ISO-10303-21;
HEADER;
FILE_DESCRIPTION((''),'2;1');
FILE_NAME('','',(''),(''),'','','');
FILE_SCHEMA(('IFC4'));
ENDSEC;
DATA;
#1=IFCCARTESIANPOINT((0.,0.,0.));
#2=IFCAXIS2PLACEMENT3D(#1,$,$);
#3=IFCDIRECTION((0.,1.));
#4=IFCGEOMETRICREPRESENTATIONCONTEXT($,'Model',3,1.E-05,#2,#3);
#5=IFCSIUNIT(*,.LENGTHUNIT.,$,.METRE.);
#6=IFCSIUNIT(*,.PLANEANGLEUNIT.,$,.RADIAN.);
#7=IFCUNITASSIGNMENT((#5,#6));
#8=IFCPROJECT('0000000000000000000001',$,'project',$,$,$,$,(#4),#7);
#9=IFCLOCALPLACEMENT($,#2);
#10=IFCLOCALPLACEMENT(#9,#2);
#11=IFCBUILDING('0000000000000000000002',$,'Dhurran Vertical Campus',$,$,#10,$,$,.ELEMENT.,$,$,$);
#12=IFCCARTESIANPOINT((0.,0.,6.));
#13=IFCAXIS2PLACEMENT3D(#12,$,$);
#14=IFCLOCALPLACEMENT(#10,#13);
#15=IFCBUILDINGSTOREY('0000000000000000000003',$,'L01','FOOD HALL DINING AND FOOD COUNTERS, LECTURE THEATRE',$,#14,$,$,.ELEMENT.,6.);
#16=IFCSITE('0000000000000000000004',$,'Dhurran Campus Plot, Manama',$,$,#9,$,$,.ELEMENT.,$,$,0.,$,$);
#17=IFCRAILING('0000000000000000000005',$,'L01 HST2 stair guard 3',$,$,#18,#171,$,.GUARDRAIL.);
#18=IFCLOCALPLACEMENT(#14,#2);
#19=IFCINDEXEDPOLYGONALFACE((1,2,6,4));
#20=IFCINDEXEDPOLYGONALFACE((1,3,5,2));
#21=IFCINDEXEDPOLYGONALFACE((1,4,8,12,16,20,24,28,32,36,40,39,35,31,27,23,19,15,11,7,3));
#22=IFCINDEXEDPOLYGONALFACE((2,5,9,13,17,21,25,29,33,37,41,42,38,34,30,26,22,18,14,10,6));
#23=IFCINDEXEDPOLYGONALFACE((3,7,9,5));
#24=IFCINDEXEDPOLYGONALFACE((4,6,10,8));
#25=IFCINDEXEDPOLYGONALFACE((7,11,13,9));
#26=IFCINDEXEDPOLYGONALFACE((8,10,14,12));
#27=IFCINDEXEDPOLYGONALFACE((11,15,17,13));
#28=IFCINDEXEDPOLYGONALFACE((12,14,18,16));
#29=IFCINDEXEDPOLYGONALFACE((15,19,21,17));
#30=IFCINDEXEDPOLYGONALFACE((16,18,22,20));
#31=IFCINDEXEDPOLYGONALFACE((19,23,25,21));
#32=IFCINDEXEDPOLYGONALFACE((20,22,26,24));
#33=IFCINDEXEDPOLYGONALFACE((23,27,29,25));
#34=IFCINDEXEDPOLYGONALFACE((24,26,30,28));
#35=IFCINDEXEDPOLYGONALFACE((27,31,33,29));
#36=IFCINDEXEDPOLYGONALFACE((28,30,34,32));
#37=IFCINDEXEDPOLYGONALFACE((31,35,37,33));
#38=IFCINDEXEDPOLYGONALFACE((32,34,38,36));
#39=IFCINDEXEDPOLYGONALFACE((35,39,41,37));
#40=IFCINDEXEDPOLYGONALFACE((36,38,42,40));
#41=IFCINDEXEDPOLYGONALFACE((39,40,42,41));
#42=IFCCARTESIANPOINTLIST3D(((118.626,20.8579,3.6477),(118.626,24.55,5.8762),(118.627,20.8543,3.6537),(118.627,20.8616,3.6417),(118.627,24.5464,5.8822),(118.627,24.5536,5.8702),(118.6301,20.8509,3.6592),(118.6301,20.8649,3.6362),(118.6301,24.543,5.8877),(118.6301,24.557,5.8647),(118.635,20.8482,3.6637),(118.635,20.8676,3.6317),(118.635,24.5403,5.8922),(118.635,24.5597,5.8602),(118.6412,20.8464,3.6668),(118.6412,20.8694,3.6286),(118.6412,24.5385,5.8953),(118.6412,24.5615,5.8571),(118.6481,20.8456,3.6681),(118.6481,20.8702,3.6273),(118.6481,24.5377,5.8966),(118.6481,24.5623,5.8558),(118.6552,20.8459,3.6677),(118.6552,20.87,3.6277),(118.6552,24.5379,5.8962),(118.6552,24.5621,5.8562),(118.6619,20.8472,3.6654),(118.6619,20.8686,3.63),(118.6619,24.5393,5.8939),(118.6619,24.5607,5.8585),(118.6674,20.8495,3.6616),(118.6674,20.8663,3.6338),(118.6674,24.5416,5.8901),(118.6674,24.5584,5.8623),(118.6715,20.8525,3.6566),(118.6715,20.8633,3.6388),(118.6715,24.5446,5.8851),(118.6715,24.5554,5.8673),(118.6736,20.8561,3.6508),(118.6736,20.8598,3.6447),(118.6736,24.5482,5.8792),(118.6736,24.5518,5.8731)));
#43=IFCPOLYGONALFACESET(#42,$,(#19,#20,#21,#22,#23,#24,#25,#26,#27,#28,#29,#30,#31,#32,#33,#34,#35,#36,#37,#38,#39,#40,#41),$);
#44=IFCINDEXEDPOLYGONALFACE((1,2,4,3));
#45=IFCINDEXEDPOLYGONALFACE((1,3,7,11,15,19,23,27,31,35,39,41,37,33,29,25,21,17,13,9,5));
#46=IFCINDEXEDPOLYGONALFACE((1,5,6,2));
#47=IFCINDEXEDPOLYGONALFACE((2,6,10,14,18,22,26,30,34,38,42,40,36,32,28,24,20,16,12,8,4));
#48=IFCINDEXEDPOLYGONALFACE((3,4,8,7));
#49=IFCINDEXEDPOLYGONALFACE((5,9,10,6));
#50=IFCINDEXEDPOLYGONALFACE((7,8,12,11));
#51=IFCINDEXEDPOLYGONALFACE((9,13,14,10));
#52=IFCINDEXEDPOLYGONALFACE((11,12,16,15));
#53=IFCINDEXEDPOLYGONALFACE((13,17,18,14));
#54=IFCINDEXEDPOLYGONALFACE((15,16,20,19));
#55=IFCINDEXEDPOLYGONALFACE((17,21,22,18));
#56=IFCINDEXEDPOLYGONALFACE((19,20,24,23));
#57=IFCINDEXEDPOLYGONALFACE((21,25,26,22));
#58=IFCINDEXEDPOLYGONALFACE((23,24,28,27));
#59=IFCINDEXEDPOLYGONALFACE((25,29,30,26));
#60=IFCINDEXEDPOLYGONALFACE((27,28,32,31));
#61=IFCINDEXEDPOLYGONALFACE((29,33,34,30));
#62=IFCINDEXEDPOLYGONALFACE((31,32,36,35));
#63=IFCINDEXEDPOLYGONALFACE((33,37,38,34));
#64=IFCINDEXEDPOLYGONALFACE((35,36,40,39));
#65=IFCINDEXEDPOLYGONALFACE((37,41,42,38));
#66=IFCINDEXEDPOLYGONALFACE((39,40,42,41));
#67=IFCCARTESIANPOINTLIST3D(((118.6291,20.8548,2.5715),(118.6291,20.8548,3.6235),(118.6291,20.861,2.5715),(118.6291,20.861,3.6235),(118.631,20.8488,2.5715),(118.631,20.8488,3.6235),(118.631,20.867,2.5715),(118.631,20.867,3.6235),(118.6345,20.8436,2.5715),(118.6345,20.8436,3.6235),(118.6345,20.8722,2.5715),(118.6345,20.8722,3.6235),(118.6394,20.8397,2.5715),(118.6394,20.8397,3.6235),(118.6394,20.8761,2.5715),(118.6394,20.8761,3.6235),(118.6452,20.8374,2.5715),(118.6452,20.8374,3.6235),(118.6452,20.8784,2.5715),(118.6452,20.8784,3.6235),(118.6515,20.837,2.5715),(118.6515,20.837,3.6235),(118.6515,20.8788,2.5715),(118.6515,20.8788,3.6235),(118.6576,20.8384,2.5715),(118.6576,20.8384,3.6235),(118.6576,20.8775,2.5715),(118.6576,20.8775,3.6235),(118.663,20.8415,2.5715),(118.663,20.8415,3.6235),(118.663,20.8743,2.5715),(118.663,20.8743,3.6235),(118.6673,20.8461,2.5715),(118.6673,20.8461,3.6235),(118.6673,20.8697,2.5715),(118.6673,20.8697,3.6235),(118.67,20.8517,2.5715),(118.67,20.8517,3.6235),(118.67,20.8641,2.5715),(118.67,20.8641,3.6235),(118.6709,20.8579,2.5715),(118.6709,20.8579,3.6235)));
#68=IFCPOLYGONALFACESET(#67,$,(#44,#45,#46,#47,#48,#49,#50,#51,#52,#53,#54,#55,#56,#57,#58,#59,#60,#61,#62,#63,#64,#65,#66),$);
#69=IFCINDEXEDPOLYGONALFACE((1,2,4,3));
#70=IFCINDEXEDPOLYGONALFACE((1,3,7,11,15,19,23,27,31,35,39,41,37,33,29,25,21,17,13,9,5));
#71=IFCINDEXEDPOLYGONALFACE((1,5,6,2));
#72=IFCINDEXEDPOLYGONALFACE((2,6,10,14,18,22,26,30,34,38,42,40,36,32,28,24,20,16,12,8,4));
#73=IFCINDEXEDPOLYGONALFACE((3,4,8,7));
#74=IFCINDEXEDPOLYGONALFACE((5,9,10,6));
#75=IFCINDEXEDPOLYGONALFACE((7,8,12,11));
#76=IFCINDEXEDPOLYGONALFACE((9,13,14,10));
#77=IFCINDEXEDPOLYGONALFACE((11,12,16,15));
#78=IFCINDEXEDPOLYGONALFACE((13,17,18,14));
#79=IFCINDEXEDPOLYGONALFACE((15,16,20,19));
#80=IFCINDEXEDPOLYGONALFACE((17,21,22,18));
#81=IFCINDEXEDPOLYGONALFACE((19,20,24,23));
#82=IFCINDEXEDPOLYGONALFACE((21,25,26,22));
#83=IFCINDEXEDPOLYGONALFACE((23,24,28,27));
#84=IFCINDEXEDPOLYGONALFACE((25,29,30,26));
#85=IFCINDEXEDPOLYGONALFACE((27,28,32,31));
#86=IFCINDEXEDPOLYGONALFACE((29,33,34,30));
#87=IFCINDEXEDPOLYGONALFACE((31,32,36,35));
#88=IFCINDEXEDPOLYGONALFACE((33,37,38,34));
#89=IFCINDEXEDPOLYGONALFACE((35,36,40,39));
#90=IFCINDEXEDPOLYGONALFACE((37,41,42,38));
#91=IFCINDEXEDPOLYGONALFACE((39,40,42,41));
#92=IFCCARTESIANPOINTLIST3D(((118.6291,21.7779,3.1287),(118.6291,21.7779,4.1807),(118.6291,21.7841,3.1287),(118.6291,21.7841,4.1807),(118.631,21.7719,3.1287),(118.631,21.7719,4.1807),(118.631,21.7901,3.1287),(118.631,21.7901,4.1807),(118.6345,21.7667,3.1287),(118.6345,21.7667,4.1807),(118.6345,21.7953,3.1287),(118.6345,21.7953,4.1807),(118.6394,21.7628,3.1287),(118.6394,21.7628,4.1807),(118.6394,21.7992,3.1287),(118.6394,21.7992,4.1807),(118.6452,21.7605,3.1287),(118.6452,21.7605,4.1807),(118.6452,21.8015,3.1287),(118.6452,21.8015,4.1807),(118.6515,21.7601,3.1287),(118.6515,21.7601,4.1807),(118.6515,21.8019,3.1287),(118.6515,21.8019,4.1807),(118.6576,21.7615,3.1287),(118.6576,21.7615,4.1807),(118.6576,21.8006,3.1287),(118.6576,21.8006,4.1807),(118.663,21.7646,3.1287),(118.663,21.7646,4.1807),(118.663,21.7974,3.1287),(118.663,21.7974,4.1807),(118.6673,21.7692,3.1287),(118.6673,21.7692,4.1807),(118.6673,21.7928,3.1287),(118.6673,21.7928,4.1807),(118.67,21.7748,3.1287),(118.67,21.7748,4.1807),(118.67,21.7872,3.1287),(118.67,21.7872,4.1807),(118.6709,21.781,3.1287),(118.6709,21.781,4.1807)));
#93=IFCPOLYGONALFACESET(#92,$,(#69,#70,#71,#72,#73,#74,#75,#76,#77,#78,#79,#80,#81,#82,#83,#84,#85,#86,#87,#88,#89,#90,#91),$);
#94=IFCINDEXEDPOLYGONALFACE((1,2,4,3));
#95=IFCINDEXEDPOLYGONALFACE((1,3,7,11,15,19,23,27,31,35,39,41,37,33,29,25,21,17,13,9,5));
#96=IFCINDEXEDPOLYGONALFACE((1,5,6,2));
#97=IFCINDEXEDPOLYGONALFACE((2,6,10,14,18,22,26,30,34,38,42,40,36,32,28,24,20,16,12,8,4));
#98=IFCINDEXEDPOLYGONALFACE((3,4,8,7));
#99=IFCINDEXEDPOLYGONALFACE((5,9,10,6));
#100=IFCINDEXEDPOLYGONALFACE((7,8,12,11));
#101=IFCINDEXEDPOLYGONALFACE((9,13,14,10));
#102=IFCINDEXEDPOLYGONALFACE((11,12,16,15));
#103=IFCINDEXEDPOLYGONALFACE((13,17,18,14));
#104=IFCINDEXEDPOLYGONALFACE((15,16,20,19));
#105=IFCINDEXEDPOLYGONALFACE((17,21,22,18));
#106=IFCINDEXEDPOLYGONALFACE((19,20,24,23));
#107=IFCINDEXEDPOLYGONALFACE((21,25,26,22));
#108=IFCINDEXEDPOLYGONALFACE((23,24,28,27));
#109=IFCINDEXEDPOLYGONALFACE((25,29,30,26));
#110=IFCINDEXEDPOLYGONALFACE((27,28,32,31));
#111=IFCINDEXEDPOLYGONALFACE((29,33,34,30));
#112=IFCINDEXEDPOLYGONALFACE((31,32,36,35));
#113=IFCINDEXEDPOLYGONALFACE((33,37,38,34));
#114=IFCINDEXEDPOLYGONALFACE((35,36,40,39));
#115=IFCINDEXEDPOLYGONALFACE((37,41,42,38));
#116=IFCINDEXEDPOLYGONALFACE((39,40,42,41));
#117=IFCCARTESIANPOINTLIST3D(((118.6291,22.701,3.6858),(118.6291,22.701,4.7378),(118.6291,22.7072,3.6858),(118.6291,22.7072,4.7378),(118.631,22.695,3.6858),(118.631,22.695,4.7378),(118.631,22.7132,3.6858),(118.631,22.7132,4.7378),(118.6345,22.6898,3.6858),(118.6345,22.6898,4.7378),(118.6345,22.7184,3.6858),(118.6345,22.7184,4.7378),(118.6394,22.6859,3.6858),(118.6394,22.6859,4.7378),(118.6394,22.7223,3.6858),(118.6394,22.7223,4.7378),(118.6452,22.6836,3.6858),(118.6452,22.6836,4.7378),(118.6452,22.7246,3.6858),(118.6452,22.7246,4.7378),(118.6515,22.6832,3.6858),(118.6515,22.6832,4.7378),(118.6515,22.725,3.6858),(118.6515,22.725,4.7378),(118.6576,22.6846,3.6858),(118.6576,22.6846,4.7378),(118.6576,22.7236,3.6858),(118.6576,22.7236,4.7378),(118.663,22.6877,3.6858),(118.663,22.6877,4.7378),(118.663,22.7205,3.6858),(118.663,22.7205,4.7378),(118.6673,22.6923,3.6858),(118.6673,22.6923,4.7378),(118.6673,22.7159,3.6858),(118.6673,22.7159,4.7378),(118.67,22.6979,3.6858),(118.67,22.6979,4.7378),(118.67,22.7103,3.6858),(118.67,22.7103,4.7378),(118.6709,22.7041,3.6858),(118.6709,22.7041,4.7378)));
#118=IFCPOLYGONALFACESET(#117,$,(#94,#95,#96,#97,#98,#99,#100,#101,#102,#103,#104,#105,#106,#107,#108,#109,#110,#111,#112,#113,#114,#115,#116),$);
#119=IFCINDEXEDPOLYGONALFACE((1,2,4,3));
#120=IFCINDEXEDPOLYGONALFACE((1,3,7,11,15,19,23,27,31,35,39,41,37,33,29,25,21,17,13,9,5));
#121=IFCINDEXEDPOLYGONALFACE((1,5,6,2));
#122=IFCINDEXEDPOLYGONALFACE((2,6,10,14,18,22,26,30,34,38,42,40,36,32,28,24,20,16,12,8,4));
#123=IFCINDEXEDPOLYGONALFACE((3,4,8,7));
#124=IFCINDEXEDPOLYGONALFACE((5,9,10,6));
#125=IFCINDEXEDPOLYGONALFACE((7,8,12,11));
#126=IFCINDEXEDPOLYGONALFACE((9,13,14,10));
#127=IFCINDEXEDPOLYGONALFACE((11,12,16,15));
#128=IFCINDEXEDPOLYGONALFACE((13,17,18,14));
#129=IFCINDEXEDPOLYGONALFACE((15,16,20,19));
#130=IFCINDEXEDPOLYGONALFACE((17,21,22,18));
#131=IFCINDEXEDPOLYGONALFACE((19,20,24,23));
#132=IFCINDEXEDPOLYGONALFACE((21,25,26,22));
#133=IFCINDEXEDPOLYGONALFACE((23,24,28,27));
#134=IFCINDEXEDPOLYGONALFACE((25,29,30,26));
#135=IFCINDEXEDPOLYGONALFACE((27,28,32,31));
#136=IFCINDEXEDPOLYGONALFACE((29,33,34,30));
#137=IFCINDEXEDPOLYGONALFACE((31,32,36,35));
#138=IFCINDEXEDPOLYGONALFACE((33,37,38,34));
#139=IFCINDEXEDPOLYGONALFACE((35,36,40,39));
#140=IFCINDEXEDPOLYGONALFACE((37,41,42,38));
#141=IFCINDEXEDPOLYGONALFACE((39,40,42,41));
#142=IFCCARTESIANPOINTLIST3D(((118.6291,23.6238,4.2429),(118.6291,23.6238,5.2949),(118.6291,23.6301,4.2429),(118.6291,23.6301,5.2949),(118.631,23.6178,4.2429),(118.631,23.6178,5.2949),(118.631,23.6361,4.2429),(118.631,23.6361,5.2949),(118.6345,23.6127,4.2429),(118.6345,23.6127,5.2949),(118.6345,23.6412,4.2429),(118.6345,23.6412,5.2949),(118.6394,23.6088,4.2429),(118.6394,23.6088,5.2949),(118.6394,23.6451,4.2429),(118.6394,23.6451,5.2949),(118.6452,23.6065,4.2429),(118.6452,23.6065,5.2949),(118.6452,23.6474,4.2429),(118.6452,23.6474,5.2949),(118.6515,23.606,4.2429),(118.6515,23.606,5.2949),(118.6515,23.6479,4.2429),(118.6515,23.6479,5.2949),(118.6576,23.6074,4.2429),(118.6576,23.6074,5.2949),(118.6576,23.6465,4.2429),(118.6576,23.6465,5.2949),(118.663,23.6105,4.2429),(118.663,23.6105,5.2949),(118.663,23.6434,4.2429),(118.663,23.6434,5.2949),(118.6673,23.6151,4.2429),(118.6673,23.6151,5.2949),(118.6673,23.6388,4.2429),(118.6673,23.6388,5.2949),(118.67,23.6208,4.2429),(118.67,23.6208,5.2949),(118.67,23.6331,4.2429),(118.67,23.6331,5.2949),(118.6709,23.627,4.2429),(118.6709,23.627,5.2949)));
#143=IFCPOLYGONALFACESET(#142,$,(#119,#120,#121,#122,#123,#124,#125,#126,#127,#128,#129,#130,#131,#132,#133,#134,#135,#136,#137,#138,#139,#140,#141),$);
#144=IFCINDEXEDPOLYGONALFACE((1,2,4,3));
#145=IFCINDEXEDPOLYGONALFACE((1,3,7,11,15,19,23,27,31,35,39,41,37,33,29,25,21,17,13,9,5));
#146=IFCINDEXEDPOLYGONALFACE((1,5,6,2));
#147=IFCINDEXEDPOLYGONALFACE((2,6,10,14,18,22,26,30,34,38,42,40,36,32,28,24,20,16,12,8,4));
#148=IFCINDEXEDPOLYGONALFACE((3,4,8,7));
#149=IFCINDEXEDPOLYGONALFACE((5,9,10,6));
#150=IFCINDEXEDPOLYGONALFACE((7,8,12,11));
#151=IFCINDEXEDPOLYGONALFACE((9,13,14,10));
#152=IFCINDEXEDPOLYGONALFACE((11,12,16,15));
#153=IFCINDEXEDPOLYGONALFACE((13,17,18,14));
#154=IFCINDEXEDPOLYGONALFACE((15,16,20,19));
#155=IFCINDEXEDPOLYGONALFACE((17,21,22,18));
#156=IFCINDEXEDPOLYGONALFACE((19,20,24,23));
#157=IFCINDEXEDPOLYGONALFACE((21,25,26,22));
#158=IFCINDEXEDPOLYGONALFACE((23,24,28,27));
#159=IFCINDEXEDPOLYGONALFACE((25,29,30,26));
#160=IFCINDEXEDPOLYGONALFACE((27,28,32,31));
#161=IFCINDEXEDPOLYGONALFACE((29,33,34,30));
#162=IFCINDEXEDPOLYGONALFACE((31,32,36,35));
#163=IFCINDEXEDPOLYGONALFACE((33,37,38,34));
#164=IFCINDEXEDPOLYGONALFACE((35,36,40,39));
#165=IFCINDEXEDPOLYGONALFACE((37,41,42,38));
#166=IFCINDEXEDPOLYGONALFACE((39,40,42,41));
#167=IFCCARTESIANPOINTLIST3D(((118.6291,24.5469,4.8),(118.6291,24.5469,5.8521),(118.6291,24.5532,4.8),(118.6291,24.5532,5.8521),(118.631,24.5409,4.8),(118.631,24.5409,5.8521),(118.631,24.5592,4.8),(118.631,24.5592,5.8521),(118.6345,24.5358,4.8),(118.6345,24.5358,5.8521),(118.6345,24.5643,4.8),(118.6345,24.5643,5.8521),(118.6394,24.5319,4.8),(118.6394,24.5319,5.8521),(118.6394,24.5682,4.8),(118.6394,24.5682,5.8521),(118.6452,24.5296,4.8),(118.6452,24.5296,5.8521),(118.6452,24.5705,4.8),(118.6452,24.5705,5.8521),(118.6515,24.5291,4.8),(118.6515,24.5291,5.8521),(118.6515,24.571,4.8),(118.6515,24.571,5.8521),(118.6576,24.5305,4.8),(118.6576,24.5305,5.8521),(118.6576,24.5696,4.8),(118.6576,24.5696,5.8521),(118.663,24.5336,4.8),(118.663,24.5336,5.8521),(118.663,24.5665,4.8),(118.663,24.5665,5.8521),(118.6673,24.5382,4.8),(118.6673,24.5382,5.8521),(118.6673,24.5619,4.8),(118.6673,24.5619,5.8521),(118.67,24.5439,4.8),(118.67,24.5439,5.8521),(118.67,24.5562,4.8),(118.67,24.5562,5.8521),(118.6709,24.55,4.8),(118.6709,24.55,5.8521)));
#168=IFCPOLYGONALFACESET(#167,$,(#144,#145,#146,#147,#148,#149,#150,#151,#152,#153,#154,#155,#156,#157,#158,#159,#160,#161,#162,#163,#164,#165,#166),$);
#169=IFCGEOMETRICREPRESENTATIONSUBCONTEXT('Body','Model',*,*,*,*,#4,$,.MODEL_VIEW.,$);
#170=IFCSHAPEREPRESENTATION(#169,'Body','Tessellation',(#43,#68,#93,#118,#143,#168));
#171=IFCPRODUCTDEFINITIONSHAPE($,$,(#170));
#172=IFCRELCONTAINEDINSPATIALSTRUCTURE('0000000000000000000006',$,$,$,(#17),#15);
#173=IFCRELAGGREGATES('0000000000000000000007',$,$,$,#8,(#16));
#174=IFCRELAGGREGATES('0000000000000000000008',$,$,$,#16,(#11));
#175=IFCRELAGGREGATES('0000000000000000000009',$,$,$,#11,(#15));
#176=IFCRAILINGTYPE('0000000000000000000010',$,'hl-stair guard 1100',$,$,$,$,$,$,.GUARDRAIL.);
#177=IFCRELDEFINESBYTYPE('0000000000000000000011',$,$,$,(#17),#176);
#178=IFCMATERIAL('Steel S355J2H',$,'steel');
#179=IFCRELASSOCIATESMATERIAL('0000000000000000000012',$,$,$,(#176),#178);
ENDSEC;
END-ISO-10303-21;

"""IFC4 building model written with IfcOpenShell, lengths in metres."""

from ifc_helpers import new_model, si_unit, direction, frame, origin, origin_2d, place, context, subcontext, project, spatial, circle, extrude, material, type_object, element, save


model = new_model("IFC4")

# Units and contexts
model_context = context("Model", 3, precision=1e-05, world=origin(), true_north=direction((0.0, 1.0)))
body_context = subcontext(model_context, "Body", "Model", "MODEL_VIEW")
ifc_project = project(units=[si_unit("LENGTHUNIT", "METRE"), si_unit("PLANEANGLEUNIT", "RADIAN")], contexts=[model_context])

# Site, building, storey
site_placement = place(None, origin())
site = spatial("IfcSite", under=ifc_project, at=site_placement, Name="Dhurran Campus Plot, Manama", CompositionType="ELEMENT", RefElevation=0.0)
building_placement = place(site_placement, origin())
building = spatial("IfcBuilding", under=site, at=building_placement, Name="Dhurran Vertical Campus", CompositionType="ELEMENT")
storey_placement = place(building_placement, frame((0.0, 0.0, 6.0)))
storey = spatial("IfcBuildingStorey", under=building, at=storey_placement, Name="L01", Description="FOOD HALL DINING AND FOOD COUNTERS, LECTURE THEATRE", CompositionType="ELEMENT", Elevation=6.0)

# Railing
ifc_material_1 = material(Name="Steel S355J2H", Category="steel")
railing_type_1 = type_object("IfcRailingType", Name="hl-stair guard 1100", PredefinedType="GUARDRAIL", material=ifc_material_1)
railing_1_placement = place(storey_placement, frame((118.6499, 20.8579, 2.5715)))
element("IfcRailing", 1, at=railing_1_placement, inside=storey, type_object=railing_type_1, Name="L01 HST2 stair guard 3", PredefinedType="GUARDRAIL", context=body_context, shape_type="SweptSolid", body=[
    extrude(circle(Radius=0.0239, at=origin_2d()), frame((0.0, 0.0, 1.0762), z_axis=(0.0, 0.856136, 0.51675), x_axis=(-1.0, 0.0, 0.0)), (0.0, 0.0, 1.0), 4.3125),
    extrude(circle(Radius=0.021, at=origin_2d()), origin(), (0.0, 0.0, 1.0), 1.052),
    extrude(circle(Radius=0.021, at=origin_2d()), frame((0.0, 0.9231, 0.5571)), (0.0, 0.0, 1.0), 1.052),
    extrude(circle(Radius=0.021, at=origin_2d()), frame((0.0, 1.8462, 1.1143)), (0.0, 0.0, 1.0), 1.052),
    extrude(circle(Radius=0.021, at=origin_2d()), frame((0.0, 2.769, 1.6714)), (0.0, 0.0, 1.0), 1.052),
    extrude(circle(Radius=0.021, at=origin_2d()), frame((0.0, 3.6921, 2.2285)), (0.0, 0.0, 1.0), 1.052),
])

save(model, "model.ifc")
